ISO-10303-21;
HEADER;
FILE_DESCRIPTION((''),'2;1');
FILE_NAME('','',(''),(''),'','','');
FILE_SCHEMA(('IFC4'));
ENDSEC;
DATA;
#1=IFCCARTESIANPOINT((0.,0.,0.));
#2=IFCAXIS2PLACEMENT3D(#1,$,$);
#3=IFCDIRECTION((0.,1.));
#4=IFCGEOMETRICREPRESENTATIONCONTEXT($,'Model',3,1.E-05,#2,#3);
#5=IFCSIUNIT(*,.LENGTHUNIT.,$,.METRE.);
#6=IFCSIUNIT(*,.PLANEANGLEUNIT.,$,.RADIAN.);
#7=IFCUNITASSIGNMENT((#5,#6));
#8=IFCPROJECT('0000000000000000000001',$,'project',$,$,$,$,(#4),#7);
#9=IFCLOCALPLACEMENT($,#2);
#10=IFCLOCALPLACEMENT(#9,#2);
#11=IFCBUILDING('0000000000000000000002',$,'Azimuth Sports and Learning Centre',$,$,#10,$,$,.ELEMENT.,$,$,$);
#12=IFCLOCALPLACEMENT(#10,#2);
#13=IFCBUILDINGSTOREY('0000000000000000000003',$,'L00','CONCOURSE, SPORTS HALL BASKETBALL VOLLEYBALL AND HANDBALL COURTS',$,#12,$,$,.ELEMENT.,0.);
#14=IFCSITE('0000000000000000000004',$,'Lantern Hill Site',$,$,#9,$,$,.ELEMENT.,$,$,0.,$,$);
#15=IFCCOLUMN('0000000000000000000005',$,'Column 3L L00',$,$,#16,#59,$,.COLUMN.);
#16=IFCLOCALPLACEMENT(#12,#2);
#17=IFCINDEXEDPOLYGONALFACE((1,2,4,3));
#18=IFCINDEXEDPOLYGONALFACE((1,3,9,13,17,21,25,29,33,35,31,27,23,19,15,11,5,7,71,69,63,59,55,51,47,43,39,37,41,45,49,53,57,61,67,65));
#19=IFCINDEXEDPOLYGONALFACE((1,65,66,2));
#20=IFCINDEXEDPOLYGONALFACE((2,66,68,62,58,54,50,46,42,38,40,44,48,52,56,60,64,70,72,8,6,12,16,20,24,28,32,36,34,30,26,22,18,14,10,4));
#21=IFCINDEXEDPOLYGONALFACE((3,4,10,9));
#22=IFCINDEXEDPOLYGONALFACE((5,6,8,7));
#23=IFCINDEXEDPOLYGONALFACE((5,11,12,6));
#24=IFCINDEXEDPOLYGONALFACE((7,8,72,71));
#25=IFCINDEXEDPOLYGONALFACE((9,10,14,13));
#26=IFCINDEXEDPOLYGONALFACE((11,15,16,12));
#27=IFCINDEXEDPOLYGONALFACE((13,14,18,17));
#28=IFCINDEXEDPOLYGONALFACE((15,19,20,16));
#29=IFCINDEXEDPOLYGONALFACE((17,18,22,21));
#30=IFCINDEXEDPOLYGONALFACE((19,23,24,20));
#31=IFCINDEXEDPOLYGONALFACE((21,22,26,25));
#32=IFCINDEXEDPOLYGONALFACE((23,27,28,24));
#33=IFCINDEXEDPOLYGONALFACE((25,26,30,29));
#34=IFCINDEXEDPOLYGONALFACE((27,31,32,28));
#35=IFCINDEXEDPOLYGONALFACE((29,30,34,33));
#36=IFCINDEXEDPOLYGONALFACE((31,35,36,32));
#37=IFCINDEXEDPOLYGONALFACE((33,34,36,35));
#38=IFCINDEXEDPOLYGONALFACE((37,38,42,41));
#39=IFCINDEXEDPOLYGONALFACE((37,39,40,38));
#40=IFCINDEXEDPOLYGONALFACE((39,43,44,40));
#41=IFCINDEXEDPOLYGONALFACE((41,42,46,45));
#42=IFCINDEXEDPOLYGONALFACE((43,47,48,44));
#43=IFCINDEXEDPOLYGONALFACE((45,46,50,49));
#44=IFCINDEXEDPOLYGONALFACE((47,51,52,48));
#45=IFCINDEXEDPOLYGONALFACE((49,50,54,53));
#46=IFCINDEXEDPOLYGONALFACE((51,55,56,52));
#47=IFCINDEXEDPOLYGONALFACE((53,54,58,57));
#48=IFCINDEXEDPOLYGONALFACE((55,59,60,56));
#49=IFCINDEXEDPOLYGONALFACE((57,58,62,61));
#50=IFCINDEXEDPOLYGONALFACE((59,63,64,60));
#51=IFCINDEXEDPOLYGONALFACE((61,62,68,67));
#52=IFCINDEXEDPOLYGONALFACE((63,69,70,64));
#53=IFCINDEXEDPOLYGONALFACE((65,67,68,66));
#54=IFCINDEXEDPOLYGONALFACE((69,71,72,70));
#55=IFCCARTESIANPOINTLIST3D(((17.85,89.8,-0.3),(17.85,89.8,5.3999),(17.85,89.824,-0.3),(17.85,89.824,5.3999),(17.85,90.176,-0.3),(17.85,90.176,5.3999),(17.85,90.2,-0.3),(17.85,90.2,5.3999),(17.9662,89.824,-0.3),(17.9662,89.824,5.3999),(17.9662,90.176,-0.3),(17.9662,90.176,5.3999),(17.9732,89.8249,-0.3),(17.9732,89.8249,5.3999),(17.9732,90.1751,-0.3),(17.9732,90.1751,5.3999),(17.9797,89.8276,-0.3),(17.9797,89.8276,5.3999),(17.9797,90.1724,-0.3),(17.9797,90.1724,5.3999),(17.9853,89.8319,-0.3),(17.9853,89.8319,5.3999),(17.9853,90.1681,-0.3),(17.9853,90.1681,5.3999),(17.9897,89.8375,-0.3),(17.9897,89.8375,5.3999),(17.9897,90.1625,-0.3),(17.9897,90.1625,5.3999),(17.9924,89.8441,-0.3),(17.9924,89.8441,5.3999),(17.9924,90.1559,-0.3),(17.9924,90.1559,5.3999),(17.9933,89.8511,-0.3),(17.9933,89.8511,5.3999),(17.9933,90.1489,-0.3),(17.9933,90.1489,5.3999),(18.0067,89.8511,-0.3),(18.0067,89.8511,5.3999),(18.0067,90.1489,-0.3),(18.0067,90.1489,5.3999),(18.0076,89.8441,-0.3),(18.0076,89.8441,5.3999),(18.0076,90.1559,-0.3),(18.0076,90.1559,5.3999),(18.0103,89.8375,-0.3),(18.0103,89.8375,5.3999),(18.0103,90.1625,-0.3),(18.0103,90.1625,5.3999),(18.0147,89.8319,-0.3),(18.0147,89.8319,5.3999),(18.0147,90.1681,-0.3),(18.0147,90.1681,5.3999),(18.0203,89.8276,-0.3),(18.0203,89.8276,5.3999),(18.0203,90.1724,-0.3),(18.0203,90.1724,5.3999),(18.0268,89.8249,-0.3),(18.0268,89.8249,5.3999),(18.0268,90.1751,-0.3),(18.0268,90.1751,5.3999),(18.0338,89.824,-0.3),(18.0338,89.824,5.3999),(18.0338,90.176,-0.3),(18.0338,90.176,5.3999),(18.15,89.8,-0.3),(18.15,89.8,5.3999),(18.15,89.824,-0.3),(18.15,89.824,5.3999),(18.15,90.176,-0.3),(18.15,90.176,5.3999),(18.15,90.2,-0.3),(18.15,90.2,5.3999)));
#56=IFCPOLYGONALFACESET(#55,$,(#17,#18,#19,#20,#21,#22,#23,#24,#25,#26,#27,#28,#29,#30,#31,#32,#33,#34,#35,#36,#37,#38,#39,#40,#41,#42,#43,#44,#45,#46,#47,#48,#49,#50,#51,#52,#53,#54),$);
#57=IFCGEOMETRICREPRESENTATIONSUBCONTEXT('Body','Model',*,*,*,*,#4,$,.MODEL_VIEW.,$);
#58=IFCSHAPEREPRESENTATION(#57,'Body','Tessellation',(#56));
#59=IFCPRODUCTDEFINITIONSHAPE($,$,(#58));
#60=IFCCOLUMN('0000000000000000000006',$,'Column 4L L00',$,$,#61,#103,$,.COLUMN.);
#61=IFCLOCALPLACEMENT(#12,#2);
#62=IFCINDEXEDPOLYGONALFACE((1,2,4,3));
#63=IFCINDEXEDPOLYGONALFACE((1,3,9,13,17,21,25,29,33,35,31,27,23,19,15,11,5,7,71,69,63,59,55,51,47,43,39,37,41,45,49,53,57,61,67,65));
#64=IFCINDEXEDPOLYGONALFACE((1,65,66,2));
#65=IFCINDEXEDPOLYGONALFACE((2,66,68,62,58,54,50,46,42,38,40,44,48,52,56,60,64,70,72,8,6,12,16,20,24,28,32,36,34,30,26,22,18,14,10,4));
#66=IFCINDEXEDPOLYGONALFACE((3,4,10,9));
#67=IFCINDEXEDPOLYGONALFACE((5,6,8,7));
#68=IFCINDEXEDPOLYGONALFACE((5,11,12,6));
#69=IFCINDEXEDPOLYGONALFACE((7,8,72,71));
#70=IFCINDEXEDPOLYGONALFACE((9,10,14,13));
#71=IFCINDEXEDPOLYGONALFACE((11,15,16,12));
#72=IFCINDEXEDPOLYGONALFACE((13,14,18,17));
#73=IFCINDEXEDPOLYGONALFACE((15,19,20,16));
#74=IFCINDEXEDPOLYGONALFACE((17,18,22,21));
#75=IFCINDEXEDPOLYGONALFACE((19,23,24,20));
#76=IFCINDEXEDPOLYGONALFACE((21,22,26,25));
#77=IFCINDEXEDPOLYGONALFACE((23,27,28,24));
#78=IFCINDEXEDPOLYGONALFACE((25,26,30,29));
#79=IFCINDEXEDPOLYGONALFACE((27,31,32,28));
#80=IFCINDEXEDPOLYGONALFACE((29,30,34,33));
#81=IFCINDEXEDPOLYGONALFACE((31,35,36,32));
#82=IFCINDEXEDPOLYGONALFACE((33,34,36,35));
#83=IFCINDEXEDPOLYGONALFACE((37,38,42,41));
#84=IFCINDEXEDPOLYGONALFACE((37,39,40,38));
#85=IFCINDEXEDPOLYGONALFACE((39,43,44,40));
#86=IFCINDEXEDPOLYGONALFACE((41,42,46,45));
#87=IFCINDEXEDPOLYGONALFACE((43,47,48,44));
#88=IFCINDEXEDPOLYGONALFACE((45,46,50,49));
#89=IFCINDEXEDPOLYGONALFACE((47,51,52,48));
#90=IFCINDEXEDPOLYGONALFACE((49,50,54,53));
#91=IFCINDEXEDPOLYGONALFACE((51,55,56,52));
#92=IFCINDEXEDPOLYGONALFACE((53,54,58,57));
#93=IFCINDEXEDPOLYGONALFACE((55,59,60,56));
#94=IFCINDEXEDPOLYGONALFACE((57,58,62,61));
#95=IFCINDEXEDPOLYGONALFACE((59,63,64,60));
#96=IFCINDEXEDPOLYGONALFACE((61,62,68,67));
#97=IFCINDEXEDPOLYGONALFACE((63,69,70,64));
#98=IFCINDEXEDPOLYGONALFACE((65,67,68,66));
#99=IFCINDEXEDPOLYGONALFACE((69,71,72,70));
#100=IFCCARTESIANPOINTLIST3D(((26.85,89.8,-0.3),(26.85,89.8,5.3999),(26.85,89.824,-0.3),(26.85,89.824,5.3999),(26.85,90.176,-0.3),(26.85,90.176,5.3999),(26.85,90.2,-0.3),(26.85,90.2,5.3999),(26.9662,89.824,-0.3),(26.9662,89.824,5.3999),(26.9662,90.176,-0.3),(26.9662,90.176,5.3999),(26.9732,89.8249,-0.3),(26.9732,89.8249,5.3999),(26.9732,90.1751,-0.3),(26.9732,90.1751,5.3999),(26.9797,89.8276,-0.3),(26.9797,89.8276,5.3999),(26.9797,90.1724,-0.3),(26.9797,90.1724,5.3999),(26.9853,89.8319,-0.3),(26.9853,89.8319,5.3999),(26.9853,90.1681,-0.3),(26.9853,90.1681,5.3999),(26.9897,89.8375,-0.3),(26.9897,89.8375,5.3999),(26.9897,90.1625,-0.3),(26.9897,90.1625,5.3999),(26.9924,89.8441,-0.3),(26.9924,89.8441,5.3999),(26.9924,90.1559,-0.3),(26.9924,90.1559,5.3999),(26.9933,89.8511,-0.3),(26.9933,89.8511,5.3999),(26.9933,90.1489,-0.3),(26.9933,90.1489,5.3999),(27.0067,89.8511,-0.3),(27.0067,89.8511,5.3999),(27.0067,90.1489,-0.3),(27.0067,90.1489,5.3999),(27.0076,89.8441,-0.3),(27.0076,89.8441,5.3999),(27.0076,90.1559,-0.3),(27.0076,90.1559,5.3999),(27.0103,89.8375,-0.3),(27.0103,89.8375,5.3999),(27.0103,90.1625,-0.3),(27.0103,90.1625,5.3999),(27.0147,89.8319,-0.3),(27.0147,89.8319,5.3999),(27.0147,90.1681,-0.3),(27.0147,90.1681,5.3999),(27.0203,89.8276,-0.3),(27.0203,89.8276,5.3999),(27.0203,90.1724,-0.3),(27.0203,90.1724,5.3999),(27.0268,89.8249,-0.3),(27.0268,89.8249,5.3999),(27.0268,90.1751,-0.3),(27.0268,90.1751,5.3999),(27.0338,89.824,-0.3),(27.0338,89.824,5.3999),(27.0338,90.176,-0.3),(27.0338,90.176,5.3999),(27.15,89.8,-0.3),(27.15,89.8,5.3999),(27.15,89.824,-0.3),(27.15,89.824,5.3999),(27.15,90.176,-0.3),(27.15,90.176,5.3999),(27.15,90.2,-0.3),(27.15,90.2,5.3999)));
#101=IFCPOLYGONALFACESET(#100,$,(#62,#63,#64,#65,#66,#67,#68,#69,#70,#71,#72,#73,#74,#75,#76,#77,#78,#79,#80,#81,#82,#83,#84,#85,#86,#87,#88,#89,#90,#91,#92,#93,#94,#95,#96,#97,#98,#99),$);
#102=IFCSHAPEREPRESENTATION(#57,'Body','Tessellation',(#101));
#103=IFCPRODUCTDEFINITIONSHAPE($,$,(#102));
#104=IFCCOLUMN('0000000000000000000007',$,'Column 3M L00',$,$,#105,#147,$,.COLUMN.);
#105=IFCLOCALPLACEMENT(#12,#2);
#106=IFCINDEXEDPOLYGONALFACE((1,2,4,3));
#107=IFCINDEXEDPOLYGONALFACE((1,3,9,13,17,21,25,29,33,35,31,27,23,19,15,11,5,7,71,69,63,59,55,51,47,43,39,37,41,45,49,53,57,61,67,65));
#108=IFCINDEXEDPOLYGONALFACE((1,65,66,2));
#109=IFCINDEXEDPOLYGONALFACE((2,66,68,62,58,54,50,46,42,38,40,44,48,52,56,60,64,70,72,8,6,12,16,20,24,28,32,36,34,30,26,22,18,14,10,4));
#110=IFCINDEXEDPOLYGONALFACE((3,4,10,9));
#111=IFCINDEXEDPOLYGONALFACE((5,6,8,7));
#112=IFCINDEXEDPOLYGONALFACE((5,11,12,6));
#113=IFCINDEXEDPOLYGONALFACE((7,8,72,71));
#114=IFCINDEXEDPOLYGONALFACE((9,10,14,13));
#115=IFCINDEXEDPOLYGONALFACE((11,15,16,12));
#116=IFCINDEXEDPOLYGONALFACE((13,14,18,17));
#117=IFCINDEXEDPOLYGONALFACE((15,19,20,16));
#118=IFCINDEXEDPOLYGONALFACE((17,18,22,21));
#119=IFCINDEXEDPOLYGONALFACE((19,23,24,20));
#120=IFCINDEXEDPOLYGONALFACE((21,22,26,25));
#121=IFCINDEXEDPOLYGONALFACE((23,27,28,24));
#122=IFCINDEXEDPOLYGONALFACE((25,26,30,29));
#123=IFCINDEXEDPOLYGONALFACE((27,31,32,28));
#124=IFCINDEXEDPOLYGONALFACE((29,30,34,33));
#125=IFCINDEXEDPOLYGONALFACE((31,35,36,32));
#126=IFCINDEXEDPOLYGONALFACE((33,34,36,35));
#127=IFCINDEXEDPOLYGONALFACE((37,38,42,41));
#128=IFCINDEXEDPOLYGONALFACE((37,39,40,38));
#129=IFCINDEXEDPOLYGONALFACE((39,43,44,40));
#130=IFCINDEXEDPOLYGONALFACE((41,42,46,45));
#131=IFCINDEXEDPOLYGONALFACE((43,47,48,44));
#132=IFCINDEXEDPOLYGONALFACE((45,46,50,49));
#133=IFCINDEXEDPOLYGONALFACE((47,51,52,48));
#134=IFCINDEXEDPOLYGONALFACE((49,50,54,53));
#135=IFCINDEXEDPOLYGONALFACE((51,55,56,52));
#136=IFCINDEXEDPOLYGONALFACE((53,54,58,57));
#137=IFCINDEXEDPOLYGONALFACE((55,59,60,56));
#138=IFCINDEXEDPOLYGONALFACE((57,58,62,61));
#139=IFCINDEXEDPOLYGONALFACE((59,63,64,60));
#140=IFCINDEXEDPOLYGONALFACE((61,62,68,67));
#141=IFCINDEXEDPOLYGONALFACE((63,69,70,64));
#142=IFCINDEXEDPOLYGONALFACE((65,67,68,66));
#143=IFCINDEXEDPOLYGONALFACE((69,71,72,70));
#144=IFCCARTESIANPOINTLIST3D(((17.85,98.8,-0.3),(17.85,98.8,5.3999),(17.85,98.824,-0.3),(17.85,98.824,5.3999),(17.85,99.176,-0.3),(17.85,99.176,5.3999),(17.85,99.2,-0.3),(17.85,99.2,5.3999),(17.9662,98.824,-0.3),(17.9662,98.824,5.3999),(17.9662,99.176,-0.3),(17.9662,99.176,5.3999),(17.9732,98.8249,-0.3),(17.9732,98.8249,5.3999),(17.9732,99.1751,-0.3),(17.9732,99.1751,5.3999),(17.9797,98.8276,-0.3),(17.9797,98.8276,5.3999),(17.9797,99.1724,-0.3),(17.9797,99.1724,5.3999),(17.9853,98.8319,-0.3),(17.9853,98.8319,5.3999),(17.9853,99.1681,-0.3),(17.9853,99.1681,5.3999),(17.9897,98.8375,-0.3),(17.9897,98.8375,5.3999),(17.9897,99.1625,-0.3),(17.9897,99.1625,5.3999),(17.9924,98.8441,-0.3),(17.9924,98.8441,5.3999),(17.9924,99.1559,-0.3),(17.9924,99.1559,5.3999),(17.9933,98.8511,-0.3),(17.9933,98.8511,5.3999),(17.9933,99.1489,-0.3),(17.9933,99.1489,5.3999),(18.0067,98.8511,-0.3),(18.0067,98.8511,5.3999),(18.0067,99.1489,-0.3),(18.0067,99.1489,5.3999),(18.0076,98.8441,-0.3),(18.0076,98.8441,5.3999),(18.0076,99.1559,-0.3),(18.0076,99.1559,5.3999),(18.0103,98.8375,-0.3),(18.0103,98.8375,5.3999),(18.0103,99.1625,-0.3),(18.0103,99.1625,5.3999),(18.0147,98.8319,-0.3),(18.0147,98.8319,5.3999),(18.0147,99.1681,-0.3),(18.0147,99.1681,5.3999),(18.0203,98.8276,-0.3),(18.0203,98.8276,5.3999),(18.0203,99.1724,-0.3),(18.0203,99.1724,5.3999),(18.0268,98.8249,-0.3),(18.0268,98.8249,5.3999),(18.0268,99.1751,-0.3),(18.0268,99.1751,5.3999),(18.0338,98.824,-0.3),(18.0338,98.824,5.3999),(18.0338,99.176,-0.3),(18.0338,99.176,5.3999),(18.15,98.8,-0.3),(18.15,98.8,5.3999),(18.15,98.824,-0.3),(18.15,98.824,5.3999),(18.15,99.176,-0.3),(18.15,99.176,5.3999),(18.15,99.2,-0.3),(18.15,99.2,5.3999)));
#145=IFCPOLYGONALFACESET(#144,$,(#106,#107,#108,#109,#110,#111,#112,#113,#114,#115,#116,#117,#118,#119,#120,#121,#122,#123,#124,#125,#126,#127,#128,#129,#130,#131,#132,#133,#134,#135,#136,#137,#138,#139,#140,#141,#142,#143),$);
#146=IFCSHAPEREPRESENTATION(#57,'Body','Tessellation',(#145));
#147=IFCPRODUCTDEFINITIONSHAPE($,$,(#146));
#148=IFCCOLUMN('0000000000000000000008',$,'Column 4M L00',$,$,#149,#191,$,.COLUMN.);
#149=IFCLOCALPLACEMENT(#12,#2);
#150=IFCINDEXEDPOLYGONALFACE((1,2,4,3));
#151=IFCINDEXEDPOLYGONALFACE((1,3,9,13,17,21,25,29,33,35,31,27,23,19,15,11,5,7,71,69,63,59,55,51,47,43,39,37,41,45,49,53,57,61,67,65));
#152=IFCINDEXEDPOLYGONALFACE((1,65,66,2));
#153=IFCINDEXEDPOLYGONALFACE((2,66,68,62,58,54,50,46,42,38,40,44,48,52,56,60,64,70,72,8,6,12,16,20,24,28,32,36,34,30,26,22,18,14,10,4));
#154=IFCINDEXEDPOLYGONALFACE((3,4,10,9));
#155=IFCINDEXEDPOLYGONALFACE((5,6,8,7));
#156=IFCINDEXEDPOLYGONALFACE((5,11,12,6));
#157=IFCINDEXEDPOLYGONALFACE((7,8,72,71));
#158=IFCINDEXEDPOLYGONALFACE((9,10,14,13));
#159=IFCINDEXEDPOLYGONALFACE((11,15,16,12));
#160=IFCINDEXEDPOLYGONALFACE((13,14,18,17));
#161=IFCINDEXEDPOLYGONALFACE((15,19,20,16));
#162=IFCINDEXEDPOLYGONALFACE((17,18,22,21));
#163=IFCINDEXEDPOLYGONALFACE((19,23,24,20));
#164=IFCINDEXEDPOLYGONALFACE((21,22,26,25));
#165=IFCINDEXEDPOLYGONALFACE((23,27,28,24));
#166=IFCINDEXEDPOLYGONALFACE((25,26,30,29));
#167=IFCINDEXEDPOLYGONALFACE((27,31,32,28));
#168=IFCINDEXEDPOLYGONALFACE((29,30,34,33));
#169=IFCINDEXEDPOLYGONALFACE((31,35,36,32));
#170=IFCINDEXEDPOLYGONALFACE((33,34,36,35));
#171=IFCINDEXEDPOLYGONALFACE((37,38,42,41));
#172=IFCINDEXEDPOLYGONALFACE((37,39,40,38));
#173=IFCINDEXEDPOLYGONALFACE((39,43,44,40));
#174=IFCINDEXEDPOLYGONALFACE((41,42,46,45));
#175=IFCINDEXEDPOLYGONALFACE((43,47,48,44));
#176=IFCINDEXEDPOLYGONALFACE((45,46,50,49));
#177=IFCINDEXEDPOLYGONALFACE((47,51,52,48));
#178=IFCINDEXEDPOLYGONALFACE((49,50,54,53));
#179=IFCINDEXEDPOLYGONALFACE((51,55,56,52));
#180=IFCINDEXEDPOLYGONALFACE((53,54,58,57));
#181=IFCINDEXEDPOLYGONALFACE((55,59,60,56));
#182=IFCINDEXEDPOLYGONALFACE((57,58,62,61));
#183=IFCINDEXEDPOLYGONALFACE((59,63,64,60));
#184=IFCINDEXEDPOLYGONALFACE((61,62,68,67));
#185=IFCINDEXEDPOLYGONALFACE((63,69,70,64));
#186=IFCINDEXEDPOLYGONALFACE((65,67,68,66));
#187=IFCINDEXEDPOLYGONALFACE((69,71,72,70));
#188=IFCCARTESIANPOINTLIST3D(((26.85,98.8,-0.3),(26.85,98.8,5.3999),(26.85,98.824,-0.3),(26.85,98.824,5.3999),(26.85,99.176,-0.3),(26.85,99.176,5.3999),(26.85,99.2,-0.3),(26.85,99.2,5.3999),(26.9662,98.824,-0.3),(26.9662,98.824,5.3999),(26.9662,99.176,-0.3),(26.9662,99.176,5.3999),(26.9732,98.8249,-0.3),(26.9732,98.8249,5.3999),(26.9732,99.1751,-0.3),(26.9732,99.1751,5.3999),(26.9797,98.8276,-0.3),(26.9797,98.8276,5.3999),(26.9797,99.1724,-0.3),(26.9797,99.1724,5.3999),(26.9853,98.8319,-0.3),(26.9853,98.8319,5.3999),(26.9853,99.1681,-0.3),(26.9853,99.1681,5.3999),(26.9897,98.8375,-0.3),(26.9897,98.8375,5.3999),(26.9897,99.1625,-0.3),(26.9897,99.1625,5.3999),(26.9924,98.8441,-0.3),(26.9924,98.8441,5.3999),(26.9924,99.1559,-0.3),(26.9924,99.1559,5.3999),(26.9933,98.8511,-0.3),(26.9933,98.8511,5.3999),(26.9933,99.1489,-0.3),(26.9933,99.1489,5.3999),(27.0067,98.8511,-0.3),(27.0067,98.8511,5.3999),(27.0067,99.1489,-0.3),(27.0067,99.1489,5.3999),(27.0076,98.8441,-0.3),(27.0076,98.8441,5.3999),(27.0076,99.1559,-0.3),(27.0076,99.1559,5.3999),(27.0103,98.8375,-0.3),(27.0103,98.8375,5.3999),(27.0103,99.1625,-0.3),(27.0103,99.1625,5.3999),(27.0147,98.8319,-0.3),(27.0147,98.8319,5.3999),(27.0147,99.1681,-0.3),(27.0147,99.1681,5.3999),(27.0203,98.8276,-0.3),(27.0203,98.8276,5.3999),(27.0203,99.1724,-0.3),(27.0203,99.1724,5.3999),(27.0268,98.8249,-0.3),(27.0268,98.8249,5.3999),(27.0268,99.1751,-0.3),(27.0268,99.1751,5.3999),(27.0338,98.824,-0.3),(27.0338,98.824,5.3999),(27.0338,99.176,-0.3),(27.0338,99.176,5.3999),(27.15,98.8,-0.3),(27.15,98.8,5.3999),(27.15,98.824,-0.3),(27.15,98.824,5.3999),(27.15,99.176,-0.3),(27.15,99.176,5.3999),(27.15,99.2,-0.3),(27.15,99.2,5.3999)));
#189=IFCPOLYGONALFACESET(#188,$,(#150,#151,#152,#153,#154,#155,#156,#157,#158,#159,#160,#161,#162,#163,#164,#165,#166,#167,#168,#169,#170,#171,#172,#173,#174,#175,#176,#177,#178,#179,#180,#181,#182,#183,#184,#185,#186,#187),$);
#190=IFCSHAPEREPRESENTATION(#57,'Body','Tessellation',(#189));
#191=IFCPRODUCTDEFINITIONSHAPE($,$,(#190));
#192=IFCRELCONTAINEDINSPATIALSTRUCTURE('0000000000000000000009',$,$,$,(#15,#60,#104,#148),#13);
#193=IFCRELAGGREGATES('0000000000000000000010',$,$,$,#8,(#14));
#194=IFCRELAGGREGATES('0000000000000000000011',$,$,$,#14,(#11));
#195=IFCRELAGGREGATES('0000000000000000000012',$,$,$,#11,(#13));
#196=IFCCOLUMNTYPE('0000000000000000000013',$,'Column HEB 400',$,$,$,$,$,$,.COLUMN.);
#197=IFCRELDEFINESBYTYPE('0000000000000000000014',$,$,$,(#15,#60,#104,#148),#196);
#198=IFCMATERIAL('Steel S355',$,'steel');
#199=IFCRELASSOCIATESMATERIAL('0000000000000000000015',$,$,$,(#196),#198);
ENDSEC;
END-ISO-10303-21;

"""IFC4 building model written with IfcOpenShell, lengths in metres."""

from ifc_helpers import new_model, si_unit, direction, frame, origin, origin_2d, place, context, subcontext, project, spatial, i_section, extrude, material, material_profile, profile_set, type_object, element, save


model = new_model("IFC4")

# Units and contexts
model_context = context("Model", 3, precision=1e-05, world=origin(), true_north=direction((0.0, 1.0)))
body_context = subcontext(model_context, "Body", "Model", "MODEL_VIEW")
ifc_project = project(units=[si_unit("LENGTHUNIT", "METRE"), si_unit("PLANEANGLEUNIT", "RADIAN")], contexts=[model_context])

# Site, building, storey
site_placement = place(None, origin())
site = spatial("IfcSite", under=ifc_project, at=site_placement, Name="Lantern Hill Site", CompositionType="ELEMENT", RefElevation=0.0)
building_placement = place(site_placement, origin())
building = spatial("IfcBuilding", under=site, at=building_placement, Name="Azimuth Sports and Learning Centre", CompositionType="ELEMENT")
storey_placement = place(building_placement, origin())
storey = spatial("IfcBuildingStorey", under=building, at=storey_placement, Name="L00", Description="CONCOURSE, SPORTS HALL BASKETBALL VOLLEYBALL AND HANDBALL COURTS", CompositionType="ELEMENT", Elevation=0.0)

# Columns
ifc_material_1 = material(Name="Steel S355", Category="steel")
ifc_material_profile_1 = material_profile(ifc_material_1, i_section(OverallWidth=0.3, OverallDepth=0.3999, WebThickness=0.0134, FlangeThickness=0.0239, FilletRadius=0.0271, at=origin_2d()), Name="HEB 400")
ifc_profile_set_1 = profile_set([ifc_material_profile_1], Name="Steel S355")
column_type = type_object("IfcColumnType", Name="Column HEB 400", PredefinedType="COLUMN", material=ifc_profile_set_1)
for number, where, z_axis, x_axis, name in (
    (1, (18.0, 90.0, -0.3), (0.0, 0.0, 1.0), (1.0, 0.0, 0.0), "Column 3L L00"),
    (2, (27.0, 90.0, -0.3), (0.0, 0.0, 1.0), (1.0, 0.0, 0.0), "Column 4L L00"),
    (3, (18.0, 99.0, -0.3), (0.0, 0.0, 1.0), (1.0, 0.0, 0.0), "Column 3M L00"),
    (4, (27.0, 99.0, -0.3), (0.0, 0.0, 1.0), (1.0, 0.0, 0.0), "Column 4M L00"),
):
    element("IfcColumn", number, at=place(storey_placement, frame(where, z_axis=z_axis, x_axis=x_axis)), inside=storey, type_object=column_type, Name=name, PredefinedType="COLUMN", context=body_context, shape_type="SweptSolid", body=[
        extrude(i_section(OverallWidth=0.3, OverallDepth=0.3999, WebThickness=0.0134, FlangeThickness=0.0239, FilletRadius=0.0271, at=origin_2d()), origin(), (0.0, 0.0, 1.0), 5.7),
    ])

save(model, "model.ifc")
